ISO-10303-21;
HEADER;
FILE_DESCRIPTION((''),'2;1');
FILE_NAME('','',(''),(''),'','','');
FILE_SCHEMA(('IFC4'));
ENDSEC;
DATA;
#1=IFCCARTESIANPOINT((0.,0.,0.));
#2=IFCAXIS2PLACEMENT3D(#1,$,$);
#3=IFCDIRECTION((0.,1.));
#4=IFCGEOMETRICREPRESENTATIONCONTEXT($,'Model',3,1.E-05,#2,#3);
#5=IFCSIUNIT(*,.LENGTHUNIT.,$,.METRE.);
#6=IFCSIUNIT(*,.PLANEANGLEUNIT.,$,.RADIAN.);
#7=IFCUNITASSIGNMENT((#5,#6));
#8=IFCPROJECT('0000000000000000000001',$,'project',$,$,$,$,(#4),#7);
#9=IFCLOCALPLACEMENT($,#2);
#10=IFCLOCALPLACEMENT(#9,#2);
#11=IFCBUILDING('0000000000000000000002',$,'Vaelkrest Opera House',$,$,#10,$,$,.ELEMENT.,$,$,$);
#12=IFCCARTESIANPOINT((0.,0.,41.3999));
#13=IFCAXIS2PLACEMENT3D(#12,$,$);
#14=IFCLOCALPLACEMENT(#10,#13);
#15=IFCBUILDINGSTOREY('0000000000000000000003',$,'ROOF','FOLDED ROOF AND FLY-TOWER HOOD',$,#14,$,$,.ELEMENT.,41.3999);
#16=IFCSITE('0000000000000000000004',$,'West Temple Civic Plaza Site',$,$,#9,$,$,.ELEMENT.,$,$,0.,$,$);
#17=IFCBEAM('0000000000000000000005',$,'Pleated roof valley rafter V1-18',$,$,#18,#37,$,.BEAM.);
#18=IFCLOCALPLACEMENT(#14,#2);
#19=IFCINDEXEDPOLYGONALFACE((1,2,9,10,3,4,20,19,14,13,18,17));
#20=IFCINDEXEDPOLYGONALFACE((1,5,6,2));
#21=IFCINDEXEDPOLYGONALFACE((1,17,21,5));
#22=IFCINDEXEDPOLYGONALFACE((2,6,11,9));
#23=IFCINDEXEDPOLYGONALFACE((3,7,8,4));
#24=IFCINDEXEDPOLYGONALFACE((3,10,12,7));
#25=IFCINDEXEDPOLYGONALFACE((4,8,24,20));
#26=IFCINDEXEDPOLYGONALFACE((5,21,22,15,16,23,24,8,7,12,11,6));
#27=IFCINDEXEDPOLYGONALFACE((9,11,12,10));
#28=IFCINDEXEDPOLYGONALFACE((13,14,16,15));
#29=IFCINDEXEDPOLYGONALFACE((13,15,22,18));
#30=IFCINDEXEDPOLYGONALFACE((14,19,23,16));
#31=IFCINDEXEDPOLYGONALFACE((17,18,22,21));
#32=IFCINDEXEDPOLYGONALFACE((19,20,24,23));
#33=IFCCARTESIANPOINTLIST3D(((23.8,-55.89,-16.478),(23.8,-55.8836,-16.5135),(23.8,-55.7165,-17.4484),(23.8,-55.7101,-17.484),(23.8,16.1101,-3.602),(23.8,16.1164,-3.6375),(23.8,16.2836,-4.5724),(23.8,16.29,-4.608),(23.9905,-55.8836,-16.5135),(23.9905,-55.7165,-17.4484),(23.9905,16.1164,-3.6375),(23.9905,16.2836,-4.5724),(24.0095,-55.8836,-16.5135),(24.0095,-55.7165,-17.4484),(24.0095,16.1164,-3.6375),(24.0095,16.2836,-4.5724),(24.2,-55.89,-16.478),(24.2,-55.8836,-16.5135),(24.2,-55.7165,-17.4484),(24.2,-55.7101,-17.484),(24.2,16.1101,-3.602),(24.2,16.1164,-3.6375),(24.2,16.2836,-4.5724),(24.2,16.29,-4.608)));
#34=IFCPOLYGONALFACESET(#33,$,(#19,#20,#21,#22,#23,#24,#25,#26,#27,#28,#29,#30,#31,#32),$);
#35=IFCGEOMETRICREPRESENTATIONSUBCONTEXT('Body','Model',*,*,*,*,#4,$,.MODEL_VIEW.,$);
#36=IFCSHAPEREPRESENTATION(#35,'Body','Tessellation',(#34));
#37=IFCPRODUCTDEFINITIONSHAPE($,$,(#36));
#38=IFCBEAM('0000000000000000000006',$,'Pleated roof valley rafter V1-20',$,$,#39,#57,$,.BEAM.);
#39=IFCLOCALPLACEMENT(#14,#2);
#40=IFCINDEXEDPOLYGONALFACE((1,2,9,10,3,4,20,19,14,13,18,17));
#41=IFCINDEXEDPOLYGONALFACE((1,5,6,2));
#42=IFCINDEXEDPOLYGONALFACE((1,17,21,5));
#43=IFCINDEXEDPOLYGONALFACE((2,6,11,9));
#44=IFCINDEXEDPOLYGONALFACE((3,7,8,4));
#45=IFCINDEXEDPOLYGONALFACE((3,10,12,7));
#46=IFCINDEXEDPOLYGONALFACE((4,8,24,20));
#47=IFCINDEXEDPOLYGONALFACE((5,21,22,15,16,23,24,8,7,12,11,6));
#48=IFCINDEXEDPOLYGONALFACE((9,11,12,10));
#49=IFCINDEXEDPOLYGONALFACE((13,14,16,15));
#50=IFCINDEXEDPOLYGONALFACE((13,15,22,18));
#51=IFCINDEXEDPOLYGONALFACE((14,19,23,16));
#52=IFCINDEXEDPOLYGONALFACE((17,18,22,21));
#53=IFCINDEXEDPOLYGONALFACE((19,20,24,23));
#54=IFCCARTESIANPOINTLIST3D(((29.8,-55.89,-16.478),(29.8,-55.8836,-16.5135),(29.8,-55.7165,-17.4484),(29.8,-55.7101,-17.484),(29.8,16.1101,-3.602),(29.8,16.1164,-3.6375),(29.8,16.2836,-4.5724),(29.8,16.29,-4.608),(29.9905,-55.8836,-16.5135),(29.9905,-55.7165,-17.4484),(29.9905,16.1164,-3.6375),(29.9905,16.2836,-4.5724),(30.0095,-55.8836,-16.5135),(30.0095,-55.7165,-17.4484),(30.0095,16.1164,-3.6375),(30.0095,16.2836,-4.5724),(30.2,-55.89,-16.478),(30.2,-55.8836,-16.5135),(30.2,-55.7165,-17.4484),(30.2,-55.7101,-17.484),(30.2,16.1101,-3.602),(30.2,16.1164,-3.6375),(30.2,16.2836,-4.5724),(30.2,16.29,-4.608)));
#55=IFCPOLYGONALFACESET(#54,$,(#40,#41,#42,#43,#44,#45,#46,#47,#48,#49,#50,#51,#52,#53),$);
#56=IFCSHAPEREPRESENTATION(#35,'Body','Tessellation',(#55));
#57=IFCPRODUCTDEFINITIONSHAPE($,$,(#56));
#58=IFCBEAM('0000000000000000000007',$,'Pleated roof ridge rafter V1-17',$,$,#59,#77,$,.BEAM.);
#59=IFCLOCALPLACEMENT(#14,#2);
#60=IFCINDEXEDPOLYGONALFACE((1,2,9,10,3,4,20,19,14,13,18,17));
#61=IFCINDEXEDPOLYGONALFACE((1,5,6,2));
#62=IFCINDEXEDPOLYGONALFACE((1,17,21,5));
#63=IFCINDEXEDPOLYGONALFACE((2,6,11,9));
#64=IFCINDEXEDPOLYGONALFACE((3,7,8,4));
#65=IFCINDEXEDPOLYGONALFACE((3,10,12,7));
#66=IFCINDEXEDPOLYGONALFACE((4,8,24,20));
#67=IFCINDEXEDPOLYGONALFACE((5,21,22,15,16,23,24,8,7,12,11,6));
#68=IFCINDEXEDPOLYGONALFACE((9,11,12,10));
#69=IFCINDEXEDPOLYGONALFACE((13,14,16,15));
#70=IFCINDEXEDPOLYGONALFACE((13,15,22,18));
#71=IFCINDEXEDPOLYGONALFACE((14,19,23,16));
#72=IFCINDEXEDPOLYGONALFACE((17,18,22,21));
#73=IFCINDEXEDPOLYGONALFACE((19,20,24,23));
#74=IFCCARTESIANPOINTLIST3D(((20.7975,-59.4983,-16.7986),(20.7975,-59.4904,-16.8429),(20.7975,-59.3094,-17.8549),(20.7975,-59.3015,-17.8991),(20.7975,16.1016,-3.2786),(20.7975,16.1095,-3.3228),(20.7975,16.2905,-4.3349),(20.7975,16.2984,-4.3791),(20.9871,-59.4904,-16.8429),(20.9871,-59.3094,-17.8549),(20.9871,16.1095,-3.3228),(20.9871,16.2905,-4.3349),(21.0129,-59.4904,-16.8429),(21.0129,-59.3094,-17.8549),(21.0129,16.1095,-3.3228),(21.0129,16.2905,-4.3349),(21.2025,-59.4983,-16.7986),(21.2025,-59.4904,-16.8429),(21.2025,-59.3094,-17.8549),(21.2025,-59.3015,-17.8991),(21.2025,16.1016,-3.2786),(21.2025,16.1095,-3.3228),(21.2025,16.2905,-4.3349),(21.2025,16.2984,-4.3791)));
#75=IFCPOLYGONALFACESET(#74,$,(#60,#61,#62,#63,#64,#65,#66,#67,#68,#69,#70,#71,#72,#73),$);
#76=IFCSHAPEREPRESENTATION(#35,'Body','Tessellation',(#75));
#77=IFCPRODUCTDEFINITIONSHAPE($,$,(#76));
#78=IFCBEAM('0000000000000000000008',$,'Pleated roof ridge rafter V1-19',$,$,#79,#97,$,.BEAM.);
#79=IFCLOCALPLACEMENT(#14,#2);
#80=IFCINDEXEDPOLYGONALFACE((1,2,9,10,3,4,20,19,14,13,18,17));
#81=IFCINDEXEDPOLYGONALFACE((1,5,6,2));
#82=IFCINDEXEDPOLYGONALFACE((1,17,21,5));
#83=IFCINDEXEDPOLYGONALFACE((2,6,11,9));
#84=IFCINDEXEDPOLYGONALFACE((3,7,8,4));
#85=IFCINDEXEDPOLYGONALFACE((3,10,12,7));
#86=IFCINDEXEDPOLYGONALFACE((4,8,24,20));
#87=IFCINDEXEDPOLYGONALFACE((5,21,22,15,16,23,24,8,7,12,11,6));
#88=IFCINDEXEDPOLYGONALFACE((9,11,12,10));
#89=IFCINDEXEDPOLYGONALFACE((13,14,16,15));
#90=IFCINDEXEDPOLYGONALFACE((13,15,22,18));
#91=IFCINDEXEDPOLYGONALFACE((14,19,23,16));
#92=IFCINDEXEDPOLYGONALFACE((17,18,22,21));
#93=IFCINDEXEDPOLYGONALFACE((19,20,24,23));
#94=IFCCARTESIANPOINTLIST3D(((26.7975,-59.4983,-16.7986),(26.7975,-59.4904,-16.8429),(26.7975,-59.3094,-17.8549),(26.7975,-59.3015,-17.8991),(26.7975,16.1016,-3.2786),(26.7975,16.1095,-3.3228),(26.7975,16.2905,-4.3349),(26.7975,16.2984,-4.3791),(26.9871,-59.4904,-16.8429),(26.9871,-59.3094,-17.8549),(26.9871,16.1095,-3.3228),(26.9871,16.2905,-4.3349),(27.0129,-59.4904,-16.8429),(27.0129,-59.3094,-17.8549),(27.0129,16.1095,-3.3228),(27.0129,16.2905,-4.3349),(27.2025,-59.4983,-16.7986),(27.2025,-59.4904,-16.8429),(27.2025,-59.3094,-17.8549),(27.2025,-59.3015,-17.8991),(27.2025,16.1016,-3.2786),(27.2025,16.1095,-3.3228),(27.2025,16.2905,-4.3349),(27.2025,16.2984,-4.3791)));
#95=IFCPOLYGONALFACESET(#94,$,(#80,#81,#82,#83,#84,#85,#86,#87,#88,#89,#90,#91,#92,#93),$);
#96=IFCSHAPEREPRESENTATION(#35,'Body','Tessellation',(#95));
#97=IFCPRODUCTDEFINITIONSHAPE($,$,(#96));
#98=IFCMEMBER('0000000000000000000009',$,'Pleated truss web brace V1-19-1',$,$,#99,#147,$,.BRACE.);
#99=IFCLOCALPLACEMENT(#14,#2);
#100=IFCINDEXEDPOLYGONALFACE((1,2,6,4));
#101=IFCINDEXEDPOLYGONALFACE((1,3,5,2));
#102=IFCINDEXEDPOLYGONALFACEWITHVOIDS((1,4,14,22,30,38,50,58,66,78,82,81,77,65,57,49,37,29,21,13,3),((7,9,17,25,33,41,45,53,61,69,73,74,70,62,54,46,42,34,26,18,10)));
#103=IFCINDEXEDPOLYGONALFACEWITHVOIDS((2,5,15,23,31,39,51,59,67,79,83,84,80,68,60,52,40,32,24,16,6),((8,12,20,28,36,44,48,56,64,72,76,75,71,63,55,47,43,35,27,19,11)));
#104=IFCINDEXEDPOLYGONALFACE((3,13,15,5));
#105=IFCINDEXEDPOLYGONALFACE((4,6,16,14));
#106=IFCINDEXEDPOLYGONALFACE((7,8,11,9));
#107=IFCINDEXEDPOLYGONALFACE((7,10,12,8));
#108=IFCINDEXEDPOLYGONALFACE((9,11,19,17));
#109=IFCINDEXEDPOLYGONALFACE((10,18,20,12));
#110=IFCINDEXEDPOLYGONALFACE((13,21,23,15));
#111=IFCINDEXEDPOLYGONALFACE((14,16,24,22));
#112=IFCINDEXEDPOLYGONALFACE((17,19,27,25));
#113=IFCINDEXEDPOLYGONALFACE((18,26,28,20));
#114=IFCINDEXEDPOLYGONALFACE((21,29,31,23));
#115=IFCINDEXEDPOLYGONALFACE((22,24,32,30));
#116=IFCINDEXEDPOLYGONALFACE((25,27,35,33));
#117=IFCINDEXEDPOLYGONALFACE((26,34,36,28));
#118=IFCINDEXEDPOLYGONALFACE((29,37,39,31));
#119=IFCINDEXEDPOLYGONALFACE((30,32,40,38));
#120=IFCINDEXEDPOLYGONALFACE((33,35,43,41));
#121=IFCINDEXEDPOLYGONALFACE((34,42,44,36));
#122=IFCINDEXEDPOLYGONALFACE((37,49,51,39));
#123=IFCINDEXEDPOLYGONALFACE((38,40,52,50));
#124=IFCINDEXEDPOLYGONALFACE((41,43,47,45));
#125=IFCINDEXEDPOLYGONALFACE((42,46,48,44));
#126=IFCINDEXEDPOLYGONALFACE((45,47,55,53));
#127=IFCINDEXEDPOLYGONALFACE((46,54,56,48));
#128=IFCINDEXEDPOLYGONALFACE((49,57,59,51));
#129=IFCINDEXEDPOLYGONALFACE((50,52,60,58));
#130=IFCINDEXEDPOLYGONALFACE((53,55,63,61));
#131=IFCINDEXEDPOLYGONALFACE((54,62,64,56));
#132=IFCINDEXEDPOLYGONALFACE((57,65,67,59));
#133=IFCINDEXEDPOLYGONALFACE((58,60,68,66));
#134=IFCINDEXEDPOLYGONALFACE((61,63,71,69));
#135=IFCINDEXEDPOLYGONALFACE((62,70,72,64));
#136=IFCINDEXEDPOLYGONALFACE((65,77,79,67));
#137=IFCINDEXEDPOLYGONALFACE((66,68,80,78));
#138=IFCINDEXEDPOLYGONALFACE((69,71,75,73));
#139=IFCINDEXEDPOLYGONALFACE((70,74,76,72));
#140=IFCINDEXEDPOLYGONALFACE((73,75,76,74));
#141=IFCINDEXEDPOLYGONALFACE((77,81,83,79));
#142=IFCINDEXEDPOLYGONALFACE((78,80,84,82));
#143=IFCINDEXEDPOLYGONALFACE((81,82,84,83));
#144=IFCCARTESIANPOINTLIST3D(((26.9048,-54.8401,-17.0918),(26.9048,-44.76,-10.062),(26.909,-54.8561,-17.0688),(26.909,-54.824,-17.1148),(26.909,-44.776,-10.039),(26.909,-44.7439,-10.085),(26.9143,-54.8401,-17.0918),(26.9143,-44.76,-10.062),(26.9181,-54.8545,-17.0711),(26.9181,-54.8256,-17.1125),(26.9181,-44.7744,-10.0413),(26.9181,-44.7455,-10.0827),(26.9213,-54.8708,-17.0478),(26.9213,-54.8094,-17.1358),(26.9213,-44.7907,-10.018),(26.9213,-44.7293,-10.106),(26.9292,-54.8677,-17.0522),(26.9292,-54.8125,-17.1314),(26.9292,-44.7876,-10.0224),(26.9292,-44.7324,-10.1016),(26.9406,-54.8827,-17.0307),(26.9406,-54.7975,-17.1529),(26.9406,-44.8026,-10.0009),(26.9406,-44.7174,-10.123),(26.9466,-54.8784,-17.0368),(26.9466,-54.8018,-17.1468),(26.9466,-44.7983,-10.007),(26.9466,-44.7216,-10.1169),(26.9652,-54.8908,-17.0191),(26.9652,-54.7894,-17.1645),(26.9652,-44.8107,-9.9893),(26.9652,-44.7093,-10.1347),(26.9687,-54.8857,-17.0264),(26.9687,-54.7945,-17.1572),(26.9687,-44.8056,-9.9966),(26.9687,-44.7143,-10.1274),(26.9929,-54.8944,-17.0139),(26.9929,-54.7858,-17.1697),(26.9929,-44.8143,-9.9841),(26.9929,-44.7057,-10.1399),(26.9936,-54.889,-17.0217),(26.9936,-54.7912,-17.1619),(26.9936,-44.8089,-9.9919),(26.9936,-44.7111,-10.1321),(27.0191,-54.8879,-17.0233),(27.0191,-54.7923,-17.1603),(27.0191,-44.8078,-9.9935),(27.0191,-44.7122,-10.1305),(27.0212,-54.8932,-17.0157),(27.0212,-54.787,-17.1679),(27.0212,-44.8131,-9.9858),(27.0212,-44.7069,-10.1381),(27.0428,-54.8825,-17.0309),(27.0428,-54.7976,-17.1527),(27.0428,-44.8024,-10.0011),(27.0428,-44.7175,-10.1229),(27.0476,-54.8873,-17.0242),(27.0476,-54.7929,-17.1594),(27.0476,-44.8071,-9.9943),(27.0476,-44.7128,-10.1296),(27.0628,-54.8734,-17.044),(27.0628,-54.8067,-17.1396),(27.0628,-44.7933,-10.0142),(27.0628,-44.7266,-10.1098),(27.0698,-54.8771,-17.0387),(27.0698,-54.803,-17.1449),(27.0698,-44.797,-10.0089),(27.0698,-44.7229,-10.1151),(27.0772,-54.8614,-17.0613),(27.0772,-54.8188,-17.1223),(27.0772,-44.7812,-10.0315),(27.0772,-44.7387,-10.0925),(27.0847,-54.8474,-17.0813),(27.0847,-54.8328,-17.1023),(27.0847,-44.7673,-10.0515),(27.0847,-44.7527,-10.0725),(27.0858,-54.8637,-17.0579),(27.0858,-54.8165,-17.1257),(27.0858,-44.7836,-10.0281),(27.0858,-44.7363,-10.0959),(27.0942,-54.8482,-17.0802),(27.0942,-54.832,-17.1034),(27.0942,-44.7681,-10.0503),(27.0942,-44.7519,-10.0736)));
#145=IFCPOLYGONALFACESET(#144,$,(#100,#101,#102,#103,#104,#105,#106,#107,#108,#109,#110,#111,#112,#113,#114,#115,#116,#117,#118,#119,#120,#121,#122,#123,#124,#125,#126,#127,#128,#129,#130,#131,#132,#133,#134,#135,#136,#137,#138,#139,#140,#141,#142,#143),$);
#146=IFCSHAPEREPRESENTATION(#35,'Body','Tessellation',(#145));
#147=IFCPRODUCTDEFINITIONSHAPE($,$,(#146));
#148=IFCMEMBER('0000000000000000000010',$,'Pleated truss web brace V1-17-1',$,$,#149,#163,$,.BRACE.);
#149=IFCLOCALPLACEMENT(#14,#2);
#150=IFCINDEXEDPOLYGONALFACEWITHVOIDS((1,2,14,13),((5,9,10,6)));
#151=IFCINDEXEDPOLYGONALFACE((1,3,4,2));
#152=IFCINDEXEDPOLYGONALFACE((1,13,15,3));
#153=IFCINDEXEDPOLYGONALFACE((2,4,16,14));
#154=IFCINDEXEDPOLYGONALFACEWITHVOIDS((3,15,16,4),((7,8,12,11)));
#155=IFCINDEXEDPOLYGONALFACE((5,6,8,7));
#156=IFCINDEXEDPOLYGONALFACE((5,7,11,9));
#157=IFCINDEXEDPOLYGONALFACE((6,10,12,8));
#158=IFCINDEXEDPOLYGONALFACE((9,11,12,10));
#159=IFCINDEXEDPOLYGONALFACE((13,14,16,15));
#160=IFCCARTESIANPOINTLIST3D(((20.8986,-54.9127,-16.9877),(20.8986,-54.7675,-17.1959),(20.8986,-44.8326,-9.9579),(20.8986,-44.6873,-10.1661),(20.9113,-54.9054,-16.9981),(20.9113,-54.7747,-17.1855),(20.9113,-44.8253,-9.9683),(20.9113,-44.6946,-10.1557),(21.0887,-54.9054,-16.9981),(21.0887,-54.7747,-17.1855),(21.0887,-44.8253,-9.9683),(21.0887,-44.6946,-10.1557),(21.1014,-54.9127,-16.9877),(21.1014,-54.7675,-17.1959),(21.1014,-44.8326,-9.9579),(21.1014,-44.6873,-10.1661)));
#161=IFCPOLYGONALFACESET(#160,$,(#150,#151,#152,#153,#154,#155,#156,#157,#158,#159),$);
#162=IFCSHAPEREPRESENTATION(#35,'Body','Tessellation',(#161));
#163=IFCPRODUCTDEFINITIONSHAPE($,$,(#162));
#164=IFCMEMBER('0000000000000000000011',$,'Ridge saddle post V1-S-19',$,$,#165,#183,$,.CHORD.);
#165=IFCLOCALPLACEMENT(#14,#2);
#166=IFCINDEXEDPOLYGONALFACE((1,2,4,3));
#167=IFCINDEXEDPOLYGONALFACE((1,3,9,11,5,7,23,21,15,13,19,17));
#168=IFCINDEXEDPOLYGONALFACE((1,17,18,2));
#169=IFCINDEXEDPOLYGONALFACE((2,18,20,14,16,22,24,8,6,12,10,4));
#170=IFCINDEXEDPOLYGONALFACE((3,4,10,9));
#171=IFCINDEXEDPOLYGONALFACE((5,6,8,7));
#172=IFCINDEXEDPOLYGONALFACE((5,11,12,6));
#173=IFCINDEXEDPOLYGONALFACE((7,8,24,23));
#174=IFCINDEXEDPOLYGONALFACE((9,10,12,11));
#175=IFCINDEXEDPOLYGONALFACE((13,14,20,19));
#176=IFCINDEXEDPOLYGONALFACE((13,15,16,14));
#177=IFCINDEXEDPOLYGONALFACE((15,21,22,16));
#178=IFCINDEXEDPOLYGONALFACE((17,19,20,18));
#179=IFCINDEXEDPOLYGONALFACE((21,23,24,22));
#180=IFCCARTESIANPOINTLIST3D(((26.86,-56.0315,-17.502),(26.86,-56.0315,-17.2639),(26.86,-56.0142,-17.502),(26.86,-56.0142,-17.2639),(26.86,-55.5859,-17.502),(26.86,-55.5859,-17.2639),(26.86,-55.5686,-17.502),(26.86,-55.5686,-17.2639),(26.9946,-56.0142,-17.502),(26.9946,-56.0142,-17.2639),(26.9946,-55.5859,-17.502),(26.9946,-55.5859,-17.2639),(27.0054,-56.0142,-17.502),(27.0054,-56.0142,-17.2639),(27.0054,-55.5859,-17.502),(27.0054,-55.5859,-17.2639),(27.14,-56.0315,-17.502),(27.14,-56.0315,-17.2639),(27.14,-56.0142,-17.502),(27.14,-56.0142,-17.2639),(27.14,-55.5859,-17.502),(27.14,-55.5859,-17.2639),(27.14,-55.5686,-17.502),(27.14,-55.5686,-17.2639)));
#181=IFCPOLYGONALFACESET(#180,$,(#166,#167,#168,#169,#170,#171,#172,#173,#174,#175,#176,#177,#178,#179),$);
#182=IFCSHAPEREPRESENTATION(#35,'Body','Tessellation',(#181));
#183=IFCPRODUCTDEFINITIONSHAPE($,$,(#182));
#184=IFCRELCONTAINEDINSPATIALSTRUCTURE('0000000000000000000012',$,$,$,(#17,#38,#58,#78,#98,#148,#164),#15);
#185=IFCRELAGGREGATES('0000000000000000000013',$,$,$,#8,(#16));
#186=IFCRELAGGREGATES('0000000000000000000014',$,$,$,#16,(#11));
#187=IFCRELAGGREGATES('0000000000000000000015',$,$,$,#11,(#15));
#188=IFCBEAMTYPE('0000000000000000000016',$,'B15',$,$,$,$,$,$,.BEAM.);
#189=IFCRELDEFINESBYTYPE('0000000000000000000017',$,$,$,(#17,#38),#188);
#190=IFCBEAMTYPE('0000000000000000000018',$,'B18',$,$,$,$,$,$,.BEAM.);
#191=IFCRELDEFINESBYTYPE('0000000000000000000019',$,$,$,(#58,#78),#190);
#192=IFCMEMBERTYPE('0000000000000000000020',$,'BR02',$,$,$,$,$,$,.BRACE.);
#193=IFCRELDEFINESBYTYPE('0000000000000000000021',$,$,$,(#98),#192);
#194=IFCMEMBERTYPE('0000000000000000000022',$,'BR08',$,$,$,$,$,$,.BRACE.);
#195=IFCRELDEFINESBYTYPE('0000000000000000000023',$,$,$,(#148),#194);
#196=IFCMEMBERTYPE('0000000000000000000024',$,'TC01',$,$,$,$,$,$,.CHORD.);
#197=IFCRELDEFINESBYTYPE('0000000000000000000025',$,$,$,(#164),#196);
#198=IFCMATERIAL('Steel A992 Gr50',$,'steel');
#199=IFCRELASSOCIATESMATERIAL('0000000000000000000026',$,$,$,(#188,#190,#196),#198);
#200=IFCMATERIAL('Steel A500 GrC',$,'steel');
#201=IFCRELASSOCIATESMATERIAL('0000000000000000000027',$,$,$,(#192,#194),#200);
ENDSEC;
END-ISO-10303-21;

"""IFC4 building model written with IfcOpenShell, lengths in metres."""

from ifc_helpers import new_model, si_unit, direction, frame, origin, origin_2d, place, context, subcontext, project, spatial, hollow_rectangle, hollow_circle, i_section, extrude, material, material_profile, profile_set, type_object, element, save


model = new_model("IFC4")

# Units and contexts
model_context = context("Model", 3, precision=1e-05, world=origin(), true_north=direction((0.0, 1.0)))
body_context = subcontext(model_context, "Body", "Model", "MODEL_VIEW")
ifc_project = project(units=[si_unit("LENGTHUNIT", "METRE"), si_unit("PLANEANGLEUNIT", "RADIAN")], contexts=[model_context])

# Site, building, storey
site_placement = place(None, origin())
site = spatial("IfcSite", under=ifc_project, at=site_placement, Name="West Temple Civic Plaza Site", CompositionType="ELEMENT", RefElevation=0.0)
building_placement = place(site_placement, origin())
building = spatial("IfcBuilding", under=site, at=building_placement, Name="Vaelkrest Opera House", CompositionType="ELEMENT")
storey_placement = place(building_placement, frame((0.0, 0.0, 41.3999)))
storey = spatial("IfcBuildingStorey", under=building, at=storey_placement, Name="ROOF", Description="FOLDED ROOF AND FLY-TOWER HOOD", CompositionType="ELEMENT", Elevation=41.3999)

# Beams
ifc_material_1 = material(Name="Steel A992 Gr50", Category="steel")
ifc_material_profile_1 = material_profile(ifc_material_1, i_section(OverallWidth=0.3999, OverallDepth=1.022, WebThickness=0.019, FlangeThickness=0.0361, at=origin_2d()), Name="W40X249")
ifc_profile_set_1 = profile_set([ifc_material_profile_1], Name="Steel A992 Gr50")
beam_type_1 = type_object("IfcBeamType", Name="B15", PredefinedType="BEAM", material=ifc_profile_set_1)
for number, where, z_axis, x_axis, name in (
    (1, (24.0, -55.8, -16.981), (0.0, 0.984383, 0.17604), (-1.0, 0.0, 0.0), "Pleated roof valley rafter V1-18"),
    (2, (30.0, -55.8, -16.981), (0.0, 0.984383, 0.17604), (-1.0, 0.0, 0.0), "Pleated roof valley rafter V1-20"),
):
    element("IfcBeam", number, at=place(storey_placement, frame(where, z_axis=z_axis, x_axis=x_axis)), inside=storey, type_object=beam_type_1, Name=name, PredefinedType="BEAM", context=body_context, shape_type="SweptSolid", body=[
        extrude(i_section(OverallWidth=0.3999, OverallDepth=1.022, WebThickness=0.019, FlangeThickness=0.0361, at=origin_2d()), origin(), (0.0, 0.0, 1.0), 73.1423),
    ])
ifc_material_profile_2 = material_profile(ifc_material_1, i_section(OverallWidth=0.405, OverallDepth=1.1179, WebThickness=0.0259, FlangeThickness=0.0449, at=origin_2d()), Name="W44X335")
ifc_profile_set_2 = profile_set([ifc_material_profile_2], Name="Steel A992 Gr50")
beam_type_2 = type_object("IfcBeamType", Name="B18", PredefinedType="BEAM", material=ifc_profile_set_2)
for number, where, z_axis, x_axis, name in (
    (3, (21.0, -59.3999, -17.3489), (0.0, 0.984382, 0.176044), (-1.0, 0.0, 0.0), "Pleated roof ridge rafter V1-17"),
    (4, (27.0, -59.3999, -17.3489), (0.0, 0.984382, 0.176044), (-1.0, 0.0, 0.0), "Pleated roof ridge rafter V1-19"),
):
    element("IfcBeam", number, at=place(storey_placement, frame(where, z_axis=z_axis, x_axis=x_axis)), inside=storey, type_object=beam_type_2, Name=name, PredefinedType="BEAM", context=body_context, shape_type="SweptSolid", body=[
        extrude(i_section(OverallWidth=0.405, OverallDepth=1.1179, WebThickness=0.0259, FlangeThickness=0.0449, at=origin_2d()), origin(), (0.0, 0.0, 1.0), 76.7993),
    ])

# Members
ifc_material_2 = material(Name="Steel A500 GrC", Category="steel")
ifc_material_profile_3 = material_profile(ifc_material_2, hollow_circle(Radius=0.0952, WallThickness=0.0095, at=origin_2d()), Name="HSS190.5X9.5")
ifc_profile_set_3 = profile_set([ifc_material_profile_3], Name="Steel A500 GrC")
member_type_1 = type_object("IfcMemberType", Name="BR02", PredefinedType="BRACE", material=ifc_profile_set_3)
member_1_placement = place(storey_placement, frame((27.0, -54.8401, -17.0918), z_axis=(0.0, 0.820235, 0.572027), x_axis=(-1.0, 0.0, 0.0)))
element("IfcMember", 5, at=member_1_placement, inside=storey, type_object=member_type_1, Name="Pleated truss web brace V1-19-1", PredefinedType="BRACE", context=body_context, shape_type="SweptSolid", body=[
    extrude(hollow_circle(Radius=0.0952, WallThickness=0.0095, at=origin_2d()), origin(), (0.0, 0.0, 1.0), 12.2893),
])
ifc_material_profile_4 = material_profile(ifc_material_2, hollow_rectangle(XDim=0.2029, YDim=0.2539, WallThickness=0.0127, at=origin_2d()), Name="HSS254X203X12.7")
ifc_profile_set_4 = profile_set([ifc_material_profile_4], Name="Steel A500 GrC")
member_type_2 = type_object("IfcMemberType", Name="BR08", PredefinedType="BRACE", material=ifc_profile_set_4)
member_2_placement = place(storey_placement, frame((21.0, -54.8401, -17.0918), z_axis=(0.0, 0.820235, 0.572027), x_axis=(-1.0, 0.0, 0.0)))
element("IfcMember", 6, at=member_2_placement, inside=storey, type_object=member_type_2, Name="Pleated truss web brace V1-17-1", PredefinedType="BRACE", context=body_context, shape_type="SweptSolid", body=[
    extrude(hollow_rectangle(XDim=0.2029, YDim=0.2539, WallThickness=0.0127, at=origin_2d()), origin(), (0.0, 0.0, 1.0), 12.2893),
])
ifc_material_profile_5 = material_profile(ifc_material_1, i_section(OverallWidth=0.28, OverallDepth=0.4629, WebThickness=0.0107, FlangeThickness=0.0173, at=origin_2d()), Name="W18X76")
ifc_profile_set_5 = profile_set([ifc_material_profile_5], Name="Steel A992 Gr50")
member_type_3 = type_object("IfcMemberType", Name="TC01", PredefinedType="CHORD", material=ifc_profile_set_5)
member_3_placement = place(storey_placement, frame((27.0, -55.8, -17.502), z_axis=(0.0, 0.0, 1.0), x_axis=(1.0, 0.0, 0.0)))
element("IfcMember", 7, at=member_3_placement, inside=storey, type_object=member_type_3, Name="Ridge saddle post V1-S-19", PredefinedType="CHORD", context=body_context, shape_type="SweptSolid", body=[
    extrude(i_section(OverallWidth=0.28, OverallDepth=0.4629, WebThickness=0.0107, FlangeThickness=0.0173, at=origin_2d()), origin(), (0.0, 0.0, 1.0), 0.238),
])

save(model, "model.ifc")
